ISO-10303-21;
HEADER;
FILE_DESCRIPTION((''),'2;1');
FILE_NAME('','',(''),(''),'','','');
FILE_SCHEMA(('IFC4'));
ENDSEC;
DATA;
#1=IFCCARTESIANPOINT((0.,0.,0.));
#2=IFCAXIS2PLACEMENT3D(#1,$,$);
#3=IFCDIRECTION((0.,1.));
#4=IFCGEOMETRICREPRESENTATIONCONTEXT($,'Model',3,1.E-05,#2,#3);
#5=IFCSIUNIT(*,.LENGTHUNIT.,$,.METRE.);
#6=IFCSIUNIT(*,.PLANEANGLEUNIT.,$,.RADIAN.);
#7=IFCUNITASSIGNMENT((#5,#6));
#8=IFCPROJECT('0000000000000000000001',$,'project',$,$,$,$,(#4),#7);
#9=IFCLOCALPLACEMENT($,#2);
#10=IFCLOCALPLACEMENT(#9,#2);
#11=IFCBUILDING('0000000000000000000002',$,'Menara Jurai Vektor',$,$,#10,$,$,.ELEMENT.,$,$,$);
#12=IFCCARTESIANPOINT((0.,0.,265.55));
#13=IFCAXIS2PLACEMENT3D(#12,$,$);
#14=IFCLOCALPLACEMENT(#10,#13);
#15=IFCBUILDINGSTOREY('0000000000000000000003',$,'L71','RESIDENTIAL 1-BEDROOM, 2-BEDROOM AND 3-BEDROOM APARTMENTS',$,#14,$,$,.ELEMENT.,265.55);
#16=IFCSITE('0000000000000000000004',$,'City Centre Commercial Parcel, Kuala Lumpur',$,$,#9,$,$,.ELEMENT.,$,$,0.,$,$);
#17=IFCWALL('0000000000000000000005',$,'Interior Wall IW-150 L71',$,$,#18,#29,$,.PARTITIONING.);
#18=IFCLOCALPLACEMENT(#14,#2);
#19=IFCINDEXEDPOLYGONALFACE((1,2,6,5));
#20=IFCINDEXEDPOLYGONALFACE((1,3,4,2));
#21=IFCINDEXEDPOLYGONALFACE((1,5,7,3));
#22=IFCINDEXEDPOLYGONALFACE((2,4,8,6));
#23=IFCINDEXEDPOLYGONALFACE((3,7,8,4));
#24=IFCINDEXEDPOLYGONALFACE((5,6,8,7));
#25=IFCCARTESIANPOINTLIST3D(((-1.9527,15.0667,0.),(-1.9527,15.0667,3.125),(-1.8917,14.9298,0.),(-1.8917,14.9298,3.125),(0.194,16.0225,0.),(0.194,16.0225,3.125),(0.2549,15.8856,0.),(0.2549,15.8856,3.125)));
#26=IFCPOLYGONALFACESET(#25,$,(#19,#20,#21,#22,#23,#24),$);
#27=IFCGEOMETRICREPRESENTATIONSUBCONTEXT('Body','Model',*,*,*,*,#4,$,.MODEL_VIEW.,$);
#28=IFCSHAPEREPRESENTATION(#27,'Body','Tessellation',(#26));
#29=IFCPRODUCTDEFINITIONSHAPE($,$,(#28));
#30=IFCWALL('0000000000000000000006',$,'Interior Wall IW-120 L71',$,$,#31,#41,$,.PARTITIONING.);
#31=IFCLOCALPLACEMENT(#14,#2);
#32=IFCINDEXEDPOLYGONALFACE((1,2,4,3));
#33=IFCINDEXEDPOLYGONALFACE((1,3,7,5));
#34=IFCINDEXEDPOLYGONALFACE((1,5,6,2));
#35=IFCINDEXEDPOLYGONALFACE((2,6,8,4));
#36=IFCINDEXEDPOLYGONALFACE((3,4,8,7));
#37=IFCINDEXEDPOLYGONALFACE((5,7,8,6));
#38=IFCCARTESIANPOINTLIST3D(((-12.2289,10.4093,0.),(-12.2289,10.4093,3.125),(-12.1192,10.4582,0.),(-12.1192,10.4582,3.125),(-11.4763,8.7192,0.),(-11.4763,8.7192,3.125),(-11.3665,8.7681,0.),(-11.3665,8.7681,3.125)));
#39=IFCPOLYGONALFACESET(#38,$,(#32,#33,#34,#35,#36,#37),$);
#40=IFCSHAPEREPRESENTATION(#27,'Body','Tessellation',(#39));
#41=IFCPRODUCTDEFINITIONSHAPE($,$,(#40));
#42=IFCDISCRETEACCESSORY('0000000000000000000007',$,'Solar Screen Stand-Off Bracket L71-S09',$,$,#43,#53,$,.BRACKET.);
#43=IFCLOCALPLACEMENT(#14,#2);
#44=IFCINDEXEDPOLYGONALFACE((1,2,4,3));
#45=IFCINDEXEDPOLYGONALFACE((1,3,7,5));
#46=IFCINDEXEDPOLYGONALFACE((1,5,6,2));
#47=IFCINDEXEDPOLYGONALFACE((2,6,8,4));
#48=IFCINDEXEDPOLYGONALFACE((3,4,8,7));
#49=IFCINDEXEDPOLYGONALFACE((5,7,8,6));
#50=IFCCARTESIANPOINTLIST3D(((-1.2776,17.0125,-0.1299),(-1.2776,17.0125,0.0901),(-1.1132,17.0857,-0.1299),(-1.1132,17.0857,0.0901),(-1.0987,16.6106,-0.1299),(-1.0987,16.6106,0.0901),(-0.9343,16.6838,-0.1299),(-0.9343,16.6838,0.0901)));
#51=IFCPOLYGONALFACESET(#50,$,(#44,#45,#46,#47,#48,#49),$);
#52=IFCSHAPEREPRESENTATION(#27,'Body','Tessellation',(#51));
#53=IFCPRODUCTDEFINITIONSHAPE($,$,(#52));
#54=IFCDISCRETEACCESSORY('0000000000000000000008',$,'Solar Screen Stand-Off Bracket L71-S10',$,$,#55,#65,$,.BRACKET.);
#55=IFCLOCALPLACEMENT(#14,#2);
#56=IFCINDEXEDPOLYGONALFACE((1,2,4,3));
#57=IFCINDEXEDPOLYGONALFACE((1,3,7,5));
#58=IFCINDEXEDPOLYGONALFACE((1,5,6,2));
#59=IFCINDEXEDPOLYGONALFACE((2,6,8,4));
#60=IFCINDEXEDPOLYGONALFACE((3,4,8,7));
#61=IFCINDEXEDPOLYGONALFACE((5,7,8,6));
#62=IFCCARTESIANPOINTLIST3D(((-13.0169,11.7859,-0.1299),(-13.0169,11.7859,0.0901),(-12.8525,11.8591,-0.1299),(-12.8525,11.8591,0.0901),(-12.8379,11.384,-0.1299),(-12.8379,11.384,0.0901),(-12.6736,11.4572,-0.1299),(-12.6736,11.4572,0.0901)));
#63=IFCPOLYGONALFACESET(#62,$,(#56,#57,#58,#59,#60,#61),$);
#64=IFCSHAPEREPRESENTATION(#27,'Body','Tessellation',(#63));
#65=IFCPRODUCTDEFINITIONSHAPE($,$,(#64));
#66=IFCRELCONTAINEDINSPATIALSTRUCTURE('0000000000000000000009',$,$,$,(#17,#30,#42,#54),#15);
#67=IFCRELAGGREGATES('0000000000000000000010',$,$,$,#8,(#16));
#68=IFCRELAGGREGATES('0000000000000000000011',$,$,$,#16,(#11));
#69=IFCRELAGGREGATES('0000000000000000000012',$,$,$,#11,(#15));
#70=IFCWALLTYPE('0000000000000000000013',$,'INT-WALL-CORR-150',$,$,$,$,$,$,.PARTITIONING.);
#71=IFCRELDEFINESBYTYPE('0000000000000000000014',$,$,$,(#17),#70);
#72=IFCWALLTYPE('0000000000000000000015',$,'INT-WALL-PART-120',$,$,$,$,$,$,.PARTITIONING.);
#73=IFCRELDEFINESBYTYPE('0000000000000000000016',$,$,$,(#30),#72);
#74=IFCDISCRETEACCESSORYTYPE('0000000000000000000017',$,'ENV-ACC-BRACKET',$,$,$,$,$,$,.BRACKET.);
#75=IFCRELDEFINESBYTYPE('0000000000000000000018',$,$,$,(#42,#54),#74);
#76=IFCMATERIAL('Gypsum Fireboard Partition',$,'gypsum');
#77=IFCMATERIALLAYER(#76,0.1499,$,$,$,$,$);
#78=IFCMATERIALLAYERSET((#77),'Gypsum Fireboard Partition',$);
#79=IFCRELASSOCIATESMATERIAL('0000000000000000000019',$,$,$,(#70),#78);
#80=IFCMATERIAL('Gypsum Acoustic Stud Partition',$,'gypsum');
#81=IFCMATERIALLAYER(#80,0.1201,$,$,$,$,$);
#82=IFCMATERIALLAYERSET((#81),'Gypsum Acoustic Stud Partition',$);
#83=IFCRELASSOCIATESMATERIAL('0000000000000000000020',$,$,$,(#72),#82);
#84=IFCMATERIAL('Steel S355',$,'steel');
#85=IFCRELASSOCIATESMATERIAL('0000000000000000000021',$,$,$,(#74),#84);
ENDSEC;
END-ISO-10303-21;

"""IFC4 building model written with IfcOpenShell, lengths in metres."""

from ifc_helpers import new_model, si_unit, direction, frame, frame_2d, origin, origin_2d, place, context, subcontext, project, spatial, rectangle, extrude, material, layer, layer_set, type_object, element, save


model = new_model("IFC4")

# Units and contexts
model_context = context("Model", 3, precision=1e-05, world=origin(), true_north=direction((0.0, 1.0)))
body_context = subcontext(model_context, "Body", "Model", "MODEL_VIEW")
ifc_project = project(units=[si_unit("LENGTHUNIT", "METRE"), si_unit("PLANEANGLEUNIT", "RADIAN")], contexts=[model_context])

# Site, building, storey
site_placement = place(None, origin())
site = spatial("IfcSite", under=ifc_project, at=site_placement, Name="City Centre Commercial Parcel, Kuala Lumpur", CompositionType="ELEMENT", RefElevation=0.0)
building_placement = place(site_placement, origin())
building = spatial("IfcBuilding", under=site, at=building_placement, Name="Menara Jurai Vektor", CompositionType="ELEMENT")
storey_placement = place(building_placement, frame((0.0, 0.0, 265.55)))
storey = spatial("IfcBuildingStorey", under=building, at=storey_placement, Name="L71", Description="RESIDENTIAL 1-BEDROOM, 2-BEDROOM AND 3-BEDROOM APARTMENTS", CompositionType="ELEMENT", Elevation=265.55)

# Shared definitions
ifc_material_1 = material(Name="Steel S355", Category="steel")

# Shared definitions
ifc_material_2 = material(Name="Gypsum Fireboard Partition", Category="gypsum")
ifc_layer_1 = layer(ifc_material_2, 0.1499)
ifc_layer_set_1 = layer_set([ifc_layer_1], Name="Gypsum Fireboard Partition")
wall_type_1 = type_object("IfcWallType", Name="INT-WALL-CORR-150", PredefinedType="PARTITIONING", material=ifc_layer_set_1)

# Walls
wall_1_placement = place(storey_placement, frame((-1.9221, 14.9983, 0.0), z_axis=(0.0, 0.0, 1.0), x_axis=(0.913541, 0.406746, 0.0)))
element("IfcWall", 1, at=wall_1_placement, inside=storey, type_object=wall_type_1, Name="Interior Wall IW-150 L71", PredefinedType="PARTITIONING", context=body_context, shape_type="SweptSolid", body=[
    extrude(rectangle(XDim=2.3499, YDim=0.1499, at=frame_2d((1.1748, 0.0))), origin(), (0.0, 0.0, 1.0), 3.125),
])
ifc_material_3 = material(Name="Gypsum Acoustic Stud Partition", Category="gypsum")
ifc_layer_2 = layer(ifc_material_3, 0.1201)
ifc_layer_set_2 = layer_set([ifc_layer_2], Name="Gypsum Acoustic Stud Partition")
wall_type_2 = type_object("IfcWallType", Name="INT-WALL-PART-120", PredefinedType="PARTITIONING", material=ifc_layer_set_2)
wall_2_placement = place(storey_placement, frame((-11.4214, 8.7437, 0.0), z_axis=(0.0, 0.0, 1.0), x_axis=(-0.406812, 0.913512, 0.0)))
element("IfcWall", 2, at=wall_2_placement, inside=storey, type_object=wall_type_2, Name="Interior Wall IW-120 L71", PredefinedType="PARTITIONING", context=body_context, shape_type="SweptSolid", body=[
    extrude(rectangle(XDim=1.8501, YDim=0.1201, at=frame_2d((0.925, 0.0))), origin(), (0.0, 0.0, 1.0), 3.125),
])

# Discrete accessories
discrete_accessory_type = type_object("IfcDiscreteAccessoryType", Name="ENV-ACC-BRACKET", PredefinedType="BRACKET", material=ifc_material_1)
for number, where, z_axis, x_axis, name in (
    (3, (-1.106, 16.8481, -0.1299), (0.0, 0.0, 1.0), (-0.913545, -0.406737, 0.0), "Solar Screen Stand-Off Bracket L71-S09"),
    (4, (-12.8452, 11.6216, -0.1299), (0.0, 0.0, 1.0), (-0.913545, -0.406737, 0.0), "Solar Screen Stand-Off Bracket L71-S10"),
):
    element("IfcDiscreteAccessory", number, at=place(storey_placement, frame(where, z_axis=z_axis, x_axis=x_axis)), inside=storey, type_object=discrete_accessory_type, Name=name, PredefinedType="BRACKET", context=body_context, shape_type="SweptSolid", body=[
        extrude(rectangle(XDim=0.1799, YDim=0.4399, at=origin_2d()), origin(), (0.0, 0.0, 1.0), 0.22),
    ])

save(model, "model.ifc")
